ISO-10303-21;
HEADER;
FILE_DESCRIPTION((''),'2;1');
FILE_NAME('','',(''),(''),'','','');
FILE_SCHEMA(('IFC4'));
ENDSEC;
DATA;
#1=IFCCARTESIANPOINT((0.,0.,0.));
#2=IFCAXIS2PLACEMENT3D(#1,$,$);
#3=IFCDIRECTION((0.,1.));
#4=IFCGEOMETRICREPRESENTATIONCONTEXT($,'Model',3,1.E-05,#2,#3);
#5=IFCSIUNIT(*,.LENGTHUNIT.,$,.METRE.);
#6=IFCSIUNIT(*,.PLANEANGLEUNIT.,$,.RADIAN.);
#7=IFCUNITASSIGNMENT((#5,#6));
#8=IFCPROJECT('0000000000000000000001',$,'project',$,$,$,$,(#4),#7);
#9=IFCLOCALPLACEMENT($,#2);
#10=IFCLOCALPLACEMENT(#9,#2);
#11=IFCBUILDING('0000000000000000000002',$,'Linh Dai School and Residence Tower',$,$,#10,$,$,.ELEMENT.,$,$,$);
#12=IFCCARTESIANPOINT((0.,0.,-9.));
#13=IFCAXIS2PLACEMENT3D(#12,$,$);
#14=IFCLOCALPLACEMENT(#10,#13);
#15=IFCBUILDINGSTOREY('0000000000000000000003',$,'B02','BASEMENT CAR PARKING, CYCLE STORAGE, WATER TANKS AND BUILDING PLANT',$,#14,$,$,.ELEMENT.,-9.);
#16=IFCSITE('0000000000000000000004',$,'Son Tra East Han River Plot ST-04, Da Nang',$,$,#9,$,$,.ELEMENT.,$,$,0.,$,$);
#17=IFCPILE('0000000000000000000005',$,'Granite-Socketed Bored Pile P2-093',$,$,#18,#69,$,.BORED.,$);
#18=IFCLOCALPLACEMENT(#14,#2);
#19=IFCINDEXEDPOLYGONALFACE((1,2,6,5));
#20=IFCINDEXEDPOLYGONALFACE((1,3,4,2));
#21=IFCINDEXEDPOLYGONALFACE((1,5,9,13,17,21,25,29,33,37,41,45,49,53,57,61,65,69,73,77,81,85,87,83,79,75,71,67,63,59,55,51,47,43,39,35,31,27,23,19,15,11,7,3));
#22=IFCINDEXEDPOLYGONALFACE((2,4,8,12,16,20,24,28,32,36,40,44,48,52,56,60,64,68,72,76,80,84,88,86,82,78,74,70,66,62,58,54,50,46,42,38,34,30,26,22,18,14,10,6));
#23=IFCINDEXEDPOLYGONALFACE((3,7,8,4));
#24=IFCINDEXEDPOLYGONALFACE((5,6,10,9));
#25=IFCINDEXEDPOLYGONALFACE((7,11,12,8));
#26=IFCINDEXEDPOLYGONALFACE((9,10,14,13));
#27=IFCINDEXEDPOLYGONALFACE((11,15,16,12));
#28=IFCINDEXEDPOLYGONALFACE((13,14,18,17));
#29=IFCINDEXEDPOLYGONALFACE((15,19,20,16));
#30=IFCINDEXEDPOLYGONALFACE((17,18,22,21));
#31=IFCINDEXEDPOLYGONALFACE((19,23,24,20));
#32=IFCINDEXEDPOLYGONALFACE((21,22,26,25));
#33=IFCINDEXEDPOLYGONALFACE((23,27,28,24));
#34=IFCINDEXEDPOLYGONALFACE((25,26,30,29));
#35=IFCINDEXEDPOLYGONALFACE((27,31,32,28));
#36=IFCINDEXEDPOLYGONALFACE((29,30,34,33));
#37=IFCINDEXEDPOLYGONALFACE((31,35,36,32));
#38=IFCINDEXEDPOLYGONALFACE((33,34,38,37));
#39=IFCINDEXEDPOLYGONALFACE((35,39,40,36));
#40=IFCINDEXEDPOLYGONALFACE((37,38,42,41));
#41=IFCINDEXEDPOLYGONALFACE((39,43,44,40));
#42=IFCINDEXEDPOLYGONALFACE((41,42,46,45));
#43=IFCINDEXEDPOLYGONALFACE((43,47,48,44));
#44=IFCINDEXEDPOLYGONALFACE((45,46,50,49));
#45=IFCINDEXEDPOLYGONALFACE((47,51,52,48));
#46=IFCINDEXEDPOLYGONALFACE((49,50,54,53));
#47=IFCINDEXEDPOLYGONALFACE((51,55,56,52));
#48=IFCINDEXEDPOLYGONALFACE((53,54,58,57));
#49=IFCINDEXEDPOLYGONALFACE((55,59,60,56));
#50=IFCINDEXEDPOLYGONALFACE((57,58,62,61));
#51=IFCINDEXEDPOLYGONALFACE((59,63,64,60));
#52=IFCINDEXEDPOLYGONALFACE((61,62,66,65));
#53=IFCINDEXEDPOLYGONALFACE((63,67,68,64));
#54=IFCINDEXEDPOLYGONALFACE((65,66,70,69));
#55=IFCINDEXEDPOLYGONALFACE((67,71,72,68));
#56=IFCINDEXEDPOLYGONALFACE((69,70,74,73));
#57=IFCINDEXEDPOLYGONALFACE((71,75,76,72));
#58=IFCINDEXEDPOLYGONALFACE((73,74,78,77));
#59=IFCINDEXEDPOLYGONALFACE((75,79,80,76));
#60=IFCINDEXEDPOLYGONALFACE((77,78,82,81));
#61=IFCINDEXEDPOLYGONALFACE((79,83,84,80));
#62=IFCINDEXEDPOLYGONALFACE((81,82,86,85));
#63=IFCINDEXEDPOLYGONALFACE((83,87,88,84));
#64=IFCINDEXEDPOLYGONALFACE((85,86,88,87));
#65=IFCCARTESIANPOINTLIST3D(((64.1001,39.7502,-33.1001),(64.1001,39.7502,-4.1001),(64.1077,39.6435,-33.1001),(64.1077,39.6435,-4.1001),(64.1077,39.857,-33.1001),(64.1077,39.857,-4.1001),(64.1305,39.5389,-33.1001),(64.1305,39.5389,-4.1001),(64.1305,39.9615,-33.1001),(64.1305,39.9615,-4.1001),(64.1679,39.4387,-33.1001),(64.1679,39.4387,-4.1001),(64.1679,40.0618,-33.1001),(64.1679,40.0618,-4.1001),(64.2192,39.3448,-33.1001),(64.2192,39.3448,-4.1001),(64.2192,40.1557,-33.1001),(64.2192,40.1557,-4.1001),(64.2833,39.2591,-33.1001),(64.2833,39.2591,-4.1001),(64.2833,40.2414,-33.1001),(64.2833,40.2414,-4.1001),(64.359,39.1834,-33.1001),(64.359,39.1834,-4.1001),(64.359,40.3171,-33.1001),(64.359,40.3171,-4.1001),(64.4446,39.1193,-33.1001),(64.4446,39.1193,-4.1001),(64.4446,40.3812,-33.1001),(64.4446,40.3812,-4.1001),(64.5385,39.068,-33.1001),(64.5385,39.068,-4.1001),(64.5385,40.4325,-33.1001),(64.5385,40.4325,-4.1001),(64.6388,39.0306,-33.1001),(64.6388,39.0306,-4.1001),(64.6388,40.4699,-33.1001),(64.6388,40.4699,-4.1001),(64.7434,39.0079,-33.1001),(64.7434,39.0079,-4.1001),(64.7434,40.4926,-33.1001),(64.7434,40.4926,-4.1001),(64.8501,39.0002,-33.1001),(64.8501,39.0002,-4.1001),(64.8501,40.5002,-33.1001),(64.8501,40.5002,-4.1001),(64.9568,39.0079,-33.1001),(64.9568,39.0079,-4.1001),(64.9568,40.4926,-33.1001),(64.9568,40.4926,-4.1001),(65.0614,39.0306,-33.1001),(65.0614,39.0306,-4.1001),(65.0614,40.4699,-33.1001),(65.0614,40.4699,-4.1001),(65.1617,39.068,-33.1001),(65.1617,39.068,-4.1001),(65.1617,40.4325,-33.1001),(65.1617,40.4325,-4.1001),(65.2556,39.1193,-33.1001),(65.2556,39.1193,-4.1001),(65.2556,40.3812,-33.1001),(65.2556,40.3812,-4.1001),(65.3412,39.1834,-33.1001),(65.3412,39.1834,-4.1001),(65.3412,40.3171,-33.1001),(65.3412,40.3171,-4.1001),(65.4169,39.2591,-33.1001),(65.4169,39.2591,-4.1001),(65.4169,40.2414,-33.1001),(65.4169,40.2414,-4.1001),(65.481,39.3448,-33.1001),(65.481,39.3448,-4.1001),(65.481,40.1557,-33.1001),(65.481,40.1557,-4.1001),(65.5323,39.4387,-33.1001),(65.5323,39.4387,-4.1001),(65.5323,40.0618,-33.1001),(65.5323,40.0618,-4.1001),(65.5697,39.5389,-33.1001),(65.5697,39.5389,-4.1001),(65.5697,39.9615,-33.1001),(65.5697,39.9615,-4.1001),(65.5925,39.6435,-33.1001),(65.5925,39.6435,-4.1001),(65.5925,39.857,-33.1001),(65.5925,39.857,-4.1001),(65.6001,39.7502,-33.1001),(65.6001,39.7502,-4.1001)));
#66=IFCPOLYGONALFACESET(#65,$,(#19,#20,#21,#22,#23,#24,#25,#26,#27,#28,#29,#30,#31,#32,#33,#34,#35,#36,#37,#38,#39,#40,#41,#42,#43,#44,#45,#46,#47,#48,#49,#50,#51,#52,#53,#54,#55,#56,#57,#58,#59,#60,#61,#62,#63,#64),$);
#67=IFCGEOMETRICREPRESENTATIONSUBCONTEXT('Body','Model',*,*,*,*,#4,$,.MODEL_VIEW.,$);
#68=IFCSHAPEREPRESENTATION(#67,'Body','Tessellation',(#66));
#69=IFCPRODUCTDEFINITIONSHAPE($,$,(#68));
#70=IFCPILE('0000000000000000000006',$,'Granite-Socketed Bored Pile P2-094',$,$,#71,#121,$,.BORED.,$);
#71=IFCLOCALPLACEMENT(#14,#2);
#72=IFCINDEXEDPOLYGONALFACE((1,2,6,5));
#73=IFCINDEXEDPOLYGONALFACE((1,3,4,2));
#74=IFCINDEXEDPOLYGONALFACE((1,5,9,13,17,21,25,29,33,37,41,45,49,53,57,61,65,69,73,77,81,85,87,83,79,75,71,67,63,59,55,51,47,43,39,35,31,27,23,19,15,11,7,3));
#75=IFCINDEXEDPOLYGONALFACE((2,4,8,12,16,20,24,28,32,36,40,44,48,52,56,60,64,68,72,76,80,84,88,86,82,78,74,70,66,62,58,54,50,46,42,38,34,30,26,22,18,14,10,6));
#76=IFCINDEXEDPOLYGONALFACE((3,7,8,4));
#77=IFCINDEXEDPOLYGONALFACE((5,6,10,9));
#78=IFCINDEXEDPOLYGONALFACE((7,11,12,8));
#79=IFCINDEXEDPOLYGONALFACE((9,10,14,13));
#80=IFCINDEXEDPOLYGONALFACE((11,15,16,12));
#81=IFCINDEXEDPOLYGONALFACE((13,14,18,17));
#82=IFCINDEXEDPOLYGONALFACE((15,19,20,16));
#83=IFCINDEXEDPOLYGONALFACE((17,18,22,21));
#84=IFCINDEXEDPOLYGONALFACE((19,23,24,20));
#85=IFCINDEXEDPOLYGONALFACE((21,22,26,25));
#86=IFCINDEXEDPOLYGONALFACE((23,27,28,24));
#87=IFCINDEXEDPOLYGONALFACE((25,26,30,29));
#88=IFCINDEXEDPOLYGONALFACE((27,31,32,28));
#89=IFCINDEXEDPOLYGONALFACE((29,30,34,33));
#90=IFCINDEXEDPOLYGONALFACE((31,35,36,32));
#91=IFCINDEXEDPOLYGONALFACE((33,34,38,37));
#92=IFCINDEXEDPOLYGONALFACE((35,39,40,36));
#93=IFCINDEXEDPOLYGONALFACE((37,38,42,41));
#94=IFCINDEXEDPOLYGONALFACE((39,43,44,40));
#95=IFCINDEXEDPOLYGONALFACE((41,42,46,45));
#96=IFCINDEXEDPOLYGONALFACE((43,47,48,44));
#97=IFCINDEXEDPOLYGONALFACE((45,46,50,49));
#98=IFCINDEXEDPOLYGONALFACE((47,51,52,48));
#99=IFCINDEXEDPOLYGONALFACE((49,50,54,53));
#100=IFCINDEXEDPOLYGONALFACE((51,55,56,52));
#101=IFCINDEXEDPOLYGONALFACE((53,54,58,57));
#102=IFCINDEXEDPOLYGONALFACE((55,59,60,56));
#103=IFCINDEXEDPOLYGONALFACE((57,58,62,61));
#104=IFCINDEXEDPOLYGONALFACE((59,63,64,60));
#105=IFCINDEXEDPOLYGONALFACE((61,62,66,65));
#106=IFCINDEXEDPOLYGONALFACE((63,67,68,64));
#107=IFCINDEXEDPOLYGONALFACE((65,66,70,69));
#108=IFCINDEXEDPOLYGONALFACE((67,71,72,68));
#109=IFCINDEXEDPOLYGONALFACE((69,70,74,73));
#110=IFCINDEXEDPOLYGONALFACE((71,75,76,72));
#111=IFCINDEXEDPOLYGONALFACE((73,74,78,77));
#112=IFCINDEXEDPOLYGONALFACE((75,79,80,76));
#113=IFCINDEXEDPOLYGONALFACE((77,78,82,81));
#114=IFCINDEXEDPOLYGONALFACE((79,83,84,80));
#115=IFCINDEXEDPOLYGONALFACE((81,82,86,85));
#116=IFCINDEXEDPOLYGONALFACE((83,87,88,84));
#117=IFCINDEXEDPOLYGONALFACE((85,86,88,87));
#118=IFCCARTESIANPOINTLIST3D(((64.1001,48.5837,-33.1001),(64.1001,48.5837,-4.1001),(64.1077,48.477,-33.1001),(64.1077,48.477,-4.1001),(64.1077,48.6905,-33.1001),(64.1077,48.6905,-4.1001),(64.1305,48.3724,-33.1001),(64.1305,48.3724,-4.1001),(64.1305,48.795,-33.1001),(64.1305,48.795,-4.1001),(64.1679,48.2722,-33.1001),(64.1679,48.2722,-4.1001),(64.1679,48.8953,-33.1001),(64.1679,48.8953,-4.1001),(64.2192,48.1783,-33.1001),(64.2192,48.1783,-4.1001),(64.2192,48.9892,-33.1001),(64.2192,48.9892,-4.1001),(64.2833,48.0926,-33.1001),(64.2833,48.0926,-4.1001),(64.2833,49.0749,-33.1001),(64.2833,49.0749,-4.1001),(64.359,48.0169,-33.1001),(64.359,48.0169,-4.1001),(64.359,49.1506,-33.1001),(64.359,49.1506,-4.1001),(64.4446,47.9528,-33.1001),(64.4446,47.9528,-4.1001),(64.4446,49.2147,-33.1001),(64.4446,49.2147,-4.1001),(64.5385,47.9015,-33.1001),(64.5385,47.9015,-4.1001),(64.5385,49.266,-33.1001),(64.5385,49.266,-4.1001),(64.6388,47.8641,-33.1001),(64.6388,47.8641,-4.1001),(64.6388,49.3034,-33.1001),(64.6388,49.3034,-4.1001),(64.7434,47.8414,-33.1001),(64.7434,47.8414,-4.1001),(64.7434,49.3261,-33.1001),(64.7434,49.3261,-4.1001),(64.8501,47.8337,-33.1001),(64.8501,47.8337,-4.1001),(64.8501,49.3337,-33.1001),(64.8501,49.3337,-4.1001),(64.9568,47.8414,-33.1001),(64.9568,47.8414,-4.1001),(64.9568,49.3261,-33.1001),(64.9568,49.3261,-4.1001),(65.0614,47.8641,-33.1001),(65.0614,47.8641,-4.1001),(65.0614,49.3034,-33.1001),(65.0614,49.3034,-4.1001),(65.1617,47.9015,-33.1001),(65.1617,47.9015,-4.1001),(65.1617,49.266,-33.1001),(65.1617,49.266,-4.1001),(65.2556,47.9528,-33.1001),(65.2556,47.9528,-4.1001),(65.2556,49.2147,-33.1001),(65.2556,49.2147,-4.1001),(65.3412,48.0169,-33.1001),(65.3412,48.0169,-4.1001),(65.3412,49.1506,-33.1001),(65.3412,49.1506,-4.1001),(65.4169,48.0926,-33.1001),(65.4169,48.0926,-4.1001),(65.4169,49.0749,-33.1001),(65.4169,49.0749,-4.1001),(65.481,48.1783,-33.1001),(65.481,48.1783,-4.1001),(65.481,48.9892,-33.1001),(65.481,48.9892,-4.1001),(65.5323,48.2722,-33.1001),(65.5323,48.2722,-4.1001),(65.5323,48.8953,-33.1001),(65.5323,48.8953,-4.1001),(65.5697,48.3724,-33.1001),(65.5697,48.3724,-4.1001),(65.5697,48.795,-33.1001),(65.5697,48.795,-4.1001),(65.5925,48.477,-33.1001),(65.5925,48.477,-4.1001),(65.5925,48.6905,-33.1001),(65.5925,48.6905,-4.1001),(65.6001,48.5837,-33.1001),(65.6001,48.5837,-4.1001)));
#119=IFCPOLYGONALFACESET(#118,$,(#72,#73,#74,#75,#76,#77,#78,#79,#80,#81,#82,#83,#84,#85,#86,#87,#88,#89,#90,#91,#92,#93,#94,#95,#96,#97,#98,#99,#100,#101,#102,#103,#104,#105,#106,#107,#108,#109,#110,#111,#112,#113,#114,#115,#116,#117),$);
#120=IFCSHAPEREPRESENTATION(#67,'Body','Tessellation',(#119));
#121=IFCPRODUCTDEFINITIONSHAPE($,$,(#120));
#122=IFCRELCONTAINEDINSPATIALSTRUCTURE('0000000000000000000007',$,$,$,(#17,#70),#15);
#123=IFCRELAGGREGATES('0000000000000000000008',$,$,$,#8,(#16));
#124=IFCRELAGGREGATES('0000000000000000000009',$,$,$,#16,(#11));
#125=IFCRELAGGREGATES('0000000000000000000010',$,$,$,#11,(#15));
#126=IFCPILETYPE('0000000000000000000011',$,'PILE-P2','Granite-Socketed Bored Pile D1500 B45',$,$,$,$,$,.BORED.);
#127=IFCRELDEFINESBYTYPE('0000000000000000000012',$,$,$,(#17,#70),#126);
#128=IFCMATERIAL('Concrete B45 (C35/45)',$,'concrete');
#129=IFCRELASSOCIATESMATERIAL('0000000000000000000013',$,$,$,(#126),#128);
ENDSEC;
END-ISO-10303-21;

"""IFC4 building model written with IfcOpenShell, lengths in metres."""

from ifc_helpers import new_model, si_unit, direction, frame, origin, origin_2d, place, context, subcontext, project, spatial, circle, extrude, material, material_profile, profile_set, type_object, element, save


model = new_model("IFC4")

# Units and contexts
model_context = context("Model", 3, precision=1e-05, world=origin(), true_north=direction((0.0, 1.0)))
body_context = subcontext(model_context, "Body", "Model", "MODEL_VIEW")
ifc_project = project(units=[si_unit("LENGTHUNIT", "METRE"), si_unit("PLANEANGLEUNIT", "RADIAN")], contexts=[model_context])

# Site, building, storey
site_placement = place(None, origin())
site = spatial("IfcSite", under=ifc_project, at=site_placement, Name="Son Tra East Han River Plot ST-04, Da Nang", CompositionType="ELEMENT", RefElevation=0.0)
building_placement = place(site_placement, origin())
building = spatial("IfcBuilding", under=site, at=building_placement, Name="Linh Dai School and Residence Tower", CompositionType="ELEMENT")
storey_placement = place(building_placement, frame((0.0, 0.0, -9.0)))
storey = spatial("IfcBuildingStorey", under=building, at=storey_placement, Name="B02", Description="BASEMENT CAR PARKING, CYCLE STORAGE, WATER TANKS AND BUILDING PLANT", CompositionType="ELEMENT", Elevation=-9.0)

# Piles
ifc_material_1 = material(Name="Concrete B45 (C35/45)", Category="concrete")
ifc_material_profile_1 = material_profile(ifc_material_1, circle(Radius=0.75, at=origin_2d()), Name="PILE D1500")
ifc_profile_set_1 = profile_set([ifc_material_profile_1], Name="Concrete B45 (C35/45)")
pile_type = type_object("IfcPileType", Name="PILE-P2", Description="Granite-Socketed Bored Pile D1500 B45", PredefinedType="BORED", material=ifc_profile_set_1)
for number, where, z_axis, x_axis, name in (
    (1, (64.8501, 39.7502, -4.1001), (0.0, 0.0, -1.0), (1.0, 0.0, 0.0), "Granite-Socketed Bored Pile P2-093"),
    (2, (64.8501, 48.5837, -4.1001), (0.0, 0.0, -1.0), (1.0, 0.0, 0.0), "Granite-Socketed Bored Pile P2-094"),
):
    element("IfcPile", number, at=place(storey_placement, frame(where, z_axis=z_axis, x_axis=x_axis)), inside=storey, type_object=pile_type, Name=name, PredefinedType="BORED", context=body_context, shape_type="SweptSolid", body=[
        extrude(circle(Radius=0.75, at=origin_2d()), origin(), (0.0, 0.0, 1.0), 29.0),
    ])

save(model, "model.ifc")
